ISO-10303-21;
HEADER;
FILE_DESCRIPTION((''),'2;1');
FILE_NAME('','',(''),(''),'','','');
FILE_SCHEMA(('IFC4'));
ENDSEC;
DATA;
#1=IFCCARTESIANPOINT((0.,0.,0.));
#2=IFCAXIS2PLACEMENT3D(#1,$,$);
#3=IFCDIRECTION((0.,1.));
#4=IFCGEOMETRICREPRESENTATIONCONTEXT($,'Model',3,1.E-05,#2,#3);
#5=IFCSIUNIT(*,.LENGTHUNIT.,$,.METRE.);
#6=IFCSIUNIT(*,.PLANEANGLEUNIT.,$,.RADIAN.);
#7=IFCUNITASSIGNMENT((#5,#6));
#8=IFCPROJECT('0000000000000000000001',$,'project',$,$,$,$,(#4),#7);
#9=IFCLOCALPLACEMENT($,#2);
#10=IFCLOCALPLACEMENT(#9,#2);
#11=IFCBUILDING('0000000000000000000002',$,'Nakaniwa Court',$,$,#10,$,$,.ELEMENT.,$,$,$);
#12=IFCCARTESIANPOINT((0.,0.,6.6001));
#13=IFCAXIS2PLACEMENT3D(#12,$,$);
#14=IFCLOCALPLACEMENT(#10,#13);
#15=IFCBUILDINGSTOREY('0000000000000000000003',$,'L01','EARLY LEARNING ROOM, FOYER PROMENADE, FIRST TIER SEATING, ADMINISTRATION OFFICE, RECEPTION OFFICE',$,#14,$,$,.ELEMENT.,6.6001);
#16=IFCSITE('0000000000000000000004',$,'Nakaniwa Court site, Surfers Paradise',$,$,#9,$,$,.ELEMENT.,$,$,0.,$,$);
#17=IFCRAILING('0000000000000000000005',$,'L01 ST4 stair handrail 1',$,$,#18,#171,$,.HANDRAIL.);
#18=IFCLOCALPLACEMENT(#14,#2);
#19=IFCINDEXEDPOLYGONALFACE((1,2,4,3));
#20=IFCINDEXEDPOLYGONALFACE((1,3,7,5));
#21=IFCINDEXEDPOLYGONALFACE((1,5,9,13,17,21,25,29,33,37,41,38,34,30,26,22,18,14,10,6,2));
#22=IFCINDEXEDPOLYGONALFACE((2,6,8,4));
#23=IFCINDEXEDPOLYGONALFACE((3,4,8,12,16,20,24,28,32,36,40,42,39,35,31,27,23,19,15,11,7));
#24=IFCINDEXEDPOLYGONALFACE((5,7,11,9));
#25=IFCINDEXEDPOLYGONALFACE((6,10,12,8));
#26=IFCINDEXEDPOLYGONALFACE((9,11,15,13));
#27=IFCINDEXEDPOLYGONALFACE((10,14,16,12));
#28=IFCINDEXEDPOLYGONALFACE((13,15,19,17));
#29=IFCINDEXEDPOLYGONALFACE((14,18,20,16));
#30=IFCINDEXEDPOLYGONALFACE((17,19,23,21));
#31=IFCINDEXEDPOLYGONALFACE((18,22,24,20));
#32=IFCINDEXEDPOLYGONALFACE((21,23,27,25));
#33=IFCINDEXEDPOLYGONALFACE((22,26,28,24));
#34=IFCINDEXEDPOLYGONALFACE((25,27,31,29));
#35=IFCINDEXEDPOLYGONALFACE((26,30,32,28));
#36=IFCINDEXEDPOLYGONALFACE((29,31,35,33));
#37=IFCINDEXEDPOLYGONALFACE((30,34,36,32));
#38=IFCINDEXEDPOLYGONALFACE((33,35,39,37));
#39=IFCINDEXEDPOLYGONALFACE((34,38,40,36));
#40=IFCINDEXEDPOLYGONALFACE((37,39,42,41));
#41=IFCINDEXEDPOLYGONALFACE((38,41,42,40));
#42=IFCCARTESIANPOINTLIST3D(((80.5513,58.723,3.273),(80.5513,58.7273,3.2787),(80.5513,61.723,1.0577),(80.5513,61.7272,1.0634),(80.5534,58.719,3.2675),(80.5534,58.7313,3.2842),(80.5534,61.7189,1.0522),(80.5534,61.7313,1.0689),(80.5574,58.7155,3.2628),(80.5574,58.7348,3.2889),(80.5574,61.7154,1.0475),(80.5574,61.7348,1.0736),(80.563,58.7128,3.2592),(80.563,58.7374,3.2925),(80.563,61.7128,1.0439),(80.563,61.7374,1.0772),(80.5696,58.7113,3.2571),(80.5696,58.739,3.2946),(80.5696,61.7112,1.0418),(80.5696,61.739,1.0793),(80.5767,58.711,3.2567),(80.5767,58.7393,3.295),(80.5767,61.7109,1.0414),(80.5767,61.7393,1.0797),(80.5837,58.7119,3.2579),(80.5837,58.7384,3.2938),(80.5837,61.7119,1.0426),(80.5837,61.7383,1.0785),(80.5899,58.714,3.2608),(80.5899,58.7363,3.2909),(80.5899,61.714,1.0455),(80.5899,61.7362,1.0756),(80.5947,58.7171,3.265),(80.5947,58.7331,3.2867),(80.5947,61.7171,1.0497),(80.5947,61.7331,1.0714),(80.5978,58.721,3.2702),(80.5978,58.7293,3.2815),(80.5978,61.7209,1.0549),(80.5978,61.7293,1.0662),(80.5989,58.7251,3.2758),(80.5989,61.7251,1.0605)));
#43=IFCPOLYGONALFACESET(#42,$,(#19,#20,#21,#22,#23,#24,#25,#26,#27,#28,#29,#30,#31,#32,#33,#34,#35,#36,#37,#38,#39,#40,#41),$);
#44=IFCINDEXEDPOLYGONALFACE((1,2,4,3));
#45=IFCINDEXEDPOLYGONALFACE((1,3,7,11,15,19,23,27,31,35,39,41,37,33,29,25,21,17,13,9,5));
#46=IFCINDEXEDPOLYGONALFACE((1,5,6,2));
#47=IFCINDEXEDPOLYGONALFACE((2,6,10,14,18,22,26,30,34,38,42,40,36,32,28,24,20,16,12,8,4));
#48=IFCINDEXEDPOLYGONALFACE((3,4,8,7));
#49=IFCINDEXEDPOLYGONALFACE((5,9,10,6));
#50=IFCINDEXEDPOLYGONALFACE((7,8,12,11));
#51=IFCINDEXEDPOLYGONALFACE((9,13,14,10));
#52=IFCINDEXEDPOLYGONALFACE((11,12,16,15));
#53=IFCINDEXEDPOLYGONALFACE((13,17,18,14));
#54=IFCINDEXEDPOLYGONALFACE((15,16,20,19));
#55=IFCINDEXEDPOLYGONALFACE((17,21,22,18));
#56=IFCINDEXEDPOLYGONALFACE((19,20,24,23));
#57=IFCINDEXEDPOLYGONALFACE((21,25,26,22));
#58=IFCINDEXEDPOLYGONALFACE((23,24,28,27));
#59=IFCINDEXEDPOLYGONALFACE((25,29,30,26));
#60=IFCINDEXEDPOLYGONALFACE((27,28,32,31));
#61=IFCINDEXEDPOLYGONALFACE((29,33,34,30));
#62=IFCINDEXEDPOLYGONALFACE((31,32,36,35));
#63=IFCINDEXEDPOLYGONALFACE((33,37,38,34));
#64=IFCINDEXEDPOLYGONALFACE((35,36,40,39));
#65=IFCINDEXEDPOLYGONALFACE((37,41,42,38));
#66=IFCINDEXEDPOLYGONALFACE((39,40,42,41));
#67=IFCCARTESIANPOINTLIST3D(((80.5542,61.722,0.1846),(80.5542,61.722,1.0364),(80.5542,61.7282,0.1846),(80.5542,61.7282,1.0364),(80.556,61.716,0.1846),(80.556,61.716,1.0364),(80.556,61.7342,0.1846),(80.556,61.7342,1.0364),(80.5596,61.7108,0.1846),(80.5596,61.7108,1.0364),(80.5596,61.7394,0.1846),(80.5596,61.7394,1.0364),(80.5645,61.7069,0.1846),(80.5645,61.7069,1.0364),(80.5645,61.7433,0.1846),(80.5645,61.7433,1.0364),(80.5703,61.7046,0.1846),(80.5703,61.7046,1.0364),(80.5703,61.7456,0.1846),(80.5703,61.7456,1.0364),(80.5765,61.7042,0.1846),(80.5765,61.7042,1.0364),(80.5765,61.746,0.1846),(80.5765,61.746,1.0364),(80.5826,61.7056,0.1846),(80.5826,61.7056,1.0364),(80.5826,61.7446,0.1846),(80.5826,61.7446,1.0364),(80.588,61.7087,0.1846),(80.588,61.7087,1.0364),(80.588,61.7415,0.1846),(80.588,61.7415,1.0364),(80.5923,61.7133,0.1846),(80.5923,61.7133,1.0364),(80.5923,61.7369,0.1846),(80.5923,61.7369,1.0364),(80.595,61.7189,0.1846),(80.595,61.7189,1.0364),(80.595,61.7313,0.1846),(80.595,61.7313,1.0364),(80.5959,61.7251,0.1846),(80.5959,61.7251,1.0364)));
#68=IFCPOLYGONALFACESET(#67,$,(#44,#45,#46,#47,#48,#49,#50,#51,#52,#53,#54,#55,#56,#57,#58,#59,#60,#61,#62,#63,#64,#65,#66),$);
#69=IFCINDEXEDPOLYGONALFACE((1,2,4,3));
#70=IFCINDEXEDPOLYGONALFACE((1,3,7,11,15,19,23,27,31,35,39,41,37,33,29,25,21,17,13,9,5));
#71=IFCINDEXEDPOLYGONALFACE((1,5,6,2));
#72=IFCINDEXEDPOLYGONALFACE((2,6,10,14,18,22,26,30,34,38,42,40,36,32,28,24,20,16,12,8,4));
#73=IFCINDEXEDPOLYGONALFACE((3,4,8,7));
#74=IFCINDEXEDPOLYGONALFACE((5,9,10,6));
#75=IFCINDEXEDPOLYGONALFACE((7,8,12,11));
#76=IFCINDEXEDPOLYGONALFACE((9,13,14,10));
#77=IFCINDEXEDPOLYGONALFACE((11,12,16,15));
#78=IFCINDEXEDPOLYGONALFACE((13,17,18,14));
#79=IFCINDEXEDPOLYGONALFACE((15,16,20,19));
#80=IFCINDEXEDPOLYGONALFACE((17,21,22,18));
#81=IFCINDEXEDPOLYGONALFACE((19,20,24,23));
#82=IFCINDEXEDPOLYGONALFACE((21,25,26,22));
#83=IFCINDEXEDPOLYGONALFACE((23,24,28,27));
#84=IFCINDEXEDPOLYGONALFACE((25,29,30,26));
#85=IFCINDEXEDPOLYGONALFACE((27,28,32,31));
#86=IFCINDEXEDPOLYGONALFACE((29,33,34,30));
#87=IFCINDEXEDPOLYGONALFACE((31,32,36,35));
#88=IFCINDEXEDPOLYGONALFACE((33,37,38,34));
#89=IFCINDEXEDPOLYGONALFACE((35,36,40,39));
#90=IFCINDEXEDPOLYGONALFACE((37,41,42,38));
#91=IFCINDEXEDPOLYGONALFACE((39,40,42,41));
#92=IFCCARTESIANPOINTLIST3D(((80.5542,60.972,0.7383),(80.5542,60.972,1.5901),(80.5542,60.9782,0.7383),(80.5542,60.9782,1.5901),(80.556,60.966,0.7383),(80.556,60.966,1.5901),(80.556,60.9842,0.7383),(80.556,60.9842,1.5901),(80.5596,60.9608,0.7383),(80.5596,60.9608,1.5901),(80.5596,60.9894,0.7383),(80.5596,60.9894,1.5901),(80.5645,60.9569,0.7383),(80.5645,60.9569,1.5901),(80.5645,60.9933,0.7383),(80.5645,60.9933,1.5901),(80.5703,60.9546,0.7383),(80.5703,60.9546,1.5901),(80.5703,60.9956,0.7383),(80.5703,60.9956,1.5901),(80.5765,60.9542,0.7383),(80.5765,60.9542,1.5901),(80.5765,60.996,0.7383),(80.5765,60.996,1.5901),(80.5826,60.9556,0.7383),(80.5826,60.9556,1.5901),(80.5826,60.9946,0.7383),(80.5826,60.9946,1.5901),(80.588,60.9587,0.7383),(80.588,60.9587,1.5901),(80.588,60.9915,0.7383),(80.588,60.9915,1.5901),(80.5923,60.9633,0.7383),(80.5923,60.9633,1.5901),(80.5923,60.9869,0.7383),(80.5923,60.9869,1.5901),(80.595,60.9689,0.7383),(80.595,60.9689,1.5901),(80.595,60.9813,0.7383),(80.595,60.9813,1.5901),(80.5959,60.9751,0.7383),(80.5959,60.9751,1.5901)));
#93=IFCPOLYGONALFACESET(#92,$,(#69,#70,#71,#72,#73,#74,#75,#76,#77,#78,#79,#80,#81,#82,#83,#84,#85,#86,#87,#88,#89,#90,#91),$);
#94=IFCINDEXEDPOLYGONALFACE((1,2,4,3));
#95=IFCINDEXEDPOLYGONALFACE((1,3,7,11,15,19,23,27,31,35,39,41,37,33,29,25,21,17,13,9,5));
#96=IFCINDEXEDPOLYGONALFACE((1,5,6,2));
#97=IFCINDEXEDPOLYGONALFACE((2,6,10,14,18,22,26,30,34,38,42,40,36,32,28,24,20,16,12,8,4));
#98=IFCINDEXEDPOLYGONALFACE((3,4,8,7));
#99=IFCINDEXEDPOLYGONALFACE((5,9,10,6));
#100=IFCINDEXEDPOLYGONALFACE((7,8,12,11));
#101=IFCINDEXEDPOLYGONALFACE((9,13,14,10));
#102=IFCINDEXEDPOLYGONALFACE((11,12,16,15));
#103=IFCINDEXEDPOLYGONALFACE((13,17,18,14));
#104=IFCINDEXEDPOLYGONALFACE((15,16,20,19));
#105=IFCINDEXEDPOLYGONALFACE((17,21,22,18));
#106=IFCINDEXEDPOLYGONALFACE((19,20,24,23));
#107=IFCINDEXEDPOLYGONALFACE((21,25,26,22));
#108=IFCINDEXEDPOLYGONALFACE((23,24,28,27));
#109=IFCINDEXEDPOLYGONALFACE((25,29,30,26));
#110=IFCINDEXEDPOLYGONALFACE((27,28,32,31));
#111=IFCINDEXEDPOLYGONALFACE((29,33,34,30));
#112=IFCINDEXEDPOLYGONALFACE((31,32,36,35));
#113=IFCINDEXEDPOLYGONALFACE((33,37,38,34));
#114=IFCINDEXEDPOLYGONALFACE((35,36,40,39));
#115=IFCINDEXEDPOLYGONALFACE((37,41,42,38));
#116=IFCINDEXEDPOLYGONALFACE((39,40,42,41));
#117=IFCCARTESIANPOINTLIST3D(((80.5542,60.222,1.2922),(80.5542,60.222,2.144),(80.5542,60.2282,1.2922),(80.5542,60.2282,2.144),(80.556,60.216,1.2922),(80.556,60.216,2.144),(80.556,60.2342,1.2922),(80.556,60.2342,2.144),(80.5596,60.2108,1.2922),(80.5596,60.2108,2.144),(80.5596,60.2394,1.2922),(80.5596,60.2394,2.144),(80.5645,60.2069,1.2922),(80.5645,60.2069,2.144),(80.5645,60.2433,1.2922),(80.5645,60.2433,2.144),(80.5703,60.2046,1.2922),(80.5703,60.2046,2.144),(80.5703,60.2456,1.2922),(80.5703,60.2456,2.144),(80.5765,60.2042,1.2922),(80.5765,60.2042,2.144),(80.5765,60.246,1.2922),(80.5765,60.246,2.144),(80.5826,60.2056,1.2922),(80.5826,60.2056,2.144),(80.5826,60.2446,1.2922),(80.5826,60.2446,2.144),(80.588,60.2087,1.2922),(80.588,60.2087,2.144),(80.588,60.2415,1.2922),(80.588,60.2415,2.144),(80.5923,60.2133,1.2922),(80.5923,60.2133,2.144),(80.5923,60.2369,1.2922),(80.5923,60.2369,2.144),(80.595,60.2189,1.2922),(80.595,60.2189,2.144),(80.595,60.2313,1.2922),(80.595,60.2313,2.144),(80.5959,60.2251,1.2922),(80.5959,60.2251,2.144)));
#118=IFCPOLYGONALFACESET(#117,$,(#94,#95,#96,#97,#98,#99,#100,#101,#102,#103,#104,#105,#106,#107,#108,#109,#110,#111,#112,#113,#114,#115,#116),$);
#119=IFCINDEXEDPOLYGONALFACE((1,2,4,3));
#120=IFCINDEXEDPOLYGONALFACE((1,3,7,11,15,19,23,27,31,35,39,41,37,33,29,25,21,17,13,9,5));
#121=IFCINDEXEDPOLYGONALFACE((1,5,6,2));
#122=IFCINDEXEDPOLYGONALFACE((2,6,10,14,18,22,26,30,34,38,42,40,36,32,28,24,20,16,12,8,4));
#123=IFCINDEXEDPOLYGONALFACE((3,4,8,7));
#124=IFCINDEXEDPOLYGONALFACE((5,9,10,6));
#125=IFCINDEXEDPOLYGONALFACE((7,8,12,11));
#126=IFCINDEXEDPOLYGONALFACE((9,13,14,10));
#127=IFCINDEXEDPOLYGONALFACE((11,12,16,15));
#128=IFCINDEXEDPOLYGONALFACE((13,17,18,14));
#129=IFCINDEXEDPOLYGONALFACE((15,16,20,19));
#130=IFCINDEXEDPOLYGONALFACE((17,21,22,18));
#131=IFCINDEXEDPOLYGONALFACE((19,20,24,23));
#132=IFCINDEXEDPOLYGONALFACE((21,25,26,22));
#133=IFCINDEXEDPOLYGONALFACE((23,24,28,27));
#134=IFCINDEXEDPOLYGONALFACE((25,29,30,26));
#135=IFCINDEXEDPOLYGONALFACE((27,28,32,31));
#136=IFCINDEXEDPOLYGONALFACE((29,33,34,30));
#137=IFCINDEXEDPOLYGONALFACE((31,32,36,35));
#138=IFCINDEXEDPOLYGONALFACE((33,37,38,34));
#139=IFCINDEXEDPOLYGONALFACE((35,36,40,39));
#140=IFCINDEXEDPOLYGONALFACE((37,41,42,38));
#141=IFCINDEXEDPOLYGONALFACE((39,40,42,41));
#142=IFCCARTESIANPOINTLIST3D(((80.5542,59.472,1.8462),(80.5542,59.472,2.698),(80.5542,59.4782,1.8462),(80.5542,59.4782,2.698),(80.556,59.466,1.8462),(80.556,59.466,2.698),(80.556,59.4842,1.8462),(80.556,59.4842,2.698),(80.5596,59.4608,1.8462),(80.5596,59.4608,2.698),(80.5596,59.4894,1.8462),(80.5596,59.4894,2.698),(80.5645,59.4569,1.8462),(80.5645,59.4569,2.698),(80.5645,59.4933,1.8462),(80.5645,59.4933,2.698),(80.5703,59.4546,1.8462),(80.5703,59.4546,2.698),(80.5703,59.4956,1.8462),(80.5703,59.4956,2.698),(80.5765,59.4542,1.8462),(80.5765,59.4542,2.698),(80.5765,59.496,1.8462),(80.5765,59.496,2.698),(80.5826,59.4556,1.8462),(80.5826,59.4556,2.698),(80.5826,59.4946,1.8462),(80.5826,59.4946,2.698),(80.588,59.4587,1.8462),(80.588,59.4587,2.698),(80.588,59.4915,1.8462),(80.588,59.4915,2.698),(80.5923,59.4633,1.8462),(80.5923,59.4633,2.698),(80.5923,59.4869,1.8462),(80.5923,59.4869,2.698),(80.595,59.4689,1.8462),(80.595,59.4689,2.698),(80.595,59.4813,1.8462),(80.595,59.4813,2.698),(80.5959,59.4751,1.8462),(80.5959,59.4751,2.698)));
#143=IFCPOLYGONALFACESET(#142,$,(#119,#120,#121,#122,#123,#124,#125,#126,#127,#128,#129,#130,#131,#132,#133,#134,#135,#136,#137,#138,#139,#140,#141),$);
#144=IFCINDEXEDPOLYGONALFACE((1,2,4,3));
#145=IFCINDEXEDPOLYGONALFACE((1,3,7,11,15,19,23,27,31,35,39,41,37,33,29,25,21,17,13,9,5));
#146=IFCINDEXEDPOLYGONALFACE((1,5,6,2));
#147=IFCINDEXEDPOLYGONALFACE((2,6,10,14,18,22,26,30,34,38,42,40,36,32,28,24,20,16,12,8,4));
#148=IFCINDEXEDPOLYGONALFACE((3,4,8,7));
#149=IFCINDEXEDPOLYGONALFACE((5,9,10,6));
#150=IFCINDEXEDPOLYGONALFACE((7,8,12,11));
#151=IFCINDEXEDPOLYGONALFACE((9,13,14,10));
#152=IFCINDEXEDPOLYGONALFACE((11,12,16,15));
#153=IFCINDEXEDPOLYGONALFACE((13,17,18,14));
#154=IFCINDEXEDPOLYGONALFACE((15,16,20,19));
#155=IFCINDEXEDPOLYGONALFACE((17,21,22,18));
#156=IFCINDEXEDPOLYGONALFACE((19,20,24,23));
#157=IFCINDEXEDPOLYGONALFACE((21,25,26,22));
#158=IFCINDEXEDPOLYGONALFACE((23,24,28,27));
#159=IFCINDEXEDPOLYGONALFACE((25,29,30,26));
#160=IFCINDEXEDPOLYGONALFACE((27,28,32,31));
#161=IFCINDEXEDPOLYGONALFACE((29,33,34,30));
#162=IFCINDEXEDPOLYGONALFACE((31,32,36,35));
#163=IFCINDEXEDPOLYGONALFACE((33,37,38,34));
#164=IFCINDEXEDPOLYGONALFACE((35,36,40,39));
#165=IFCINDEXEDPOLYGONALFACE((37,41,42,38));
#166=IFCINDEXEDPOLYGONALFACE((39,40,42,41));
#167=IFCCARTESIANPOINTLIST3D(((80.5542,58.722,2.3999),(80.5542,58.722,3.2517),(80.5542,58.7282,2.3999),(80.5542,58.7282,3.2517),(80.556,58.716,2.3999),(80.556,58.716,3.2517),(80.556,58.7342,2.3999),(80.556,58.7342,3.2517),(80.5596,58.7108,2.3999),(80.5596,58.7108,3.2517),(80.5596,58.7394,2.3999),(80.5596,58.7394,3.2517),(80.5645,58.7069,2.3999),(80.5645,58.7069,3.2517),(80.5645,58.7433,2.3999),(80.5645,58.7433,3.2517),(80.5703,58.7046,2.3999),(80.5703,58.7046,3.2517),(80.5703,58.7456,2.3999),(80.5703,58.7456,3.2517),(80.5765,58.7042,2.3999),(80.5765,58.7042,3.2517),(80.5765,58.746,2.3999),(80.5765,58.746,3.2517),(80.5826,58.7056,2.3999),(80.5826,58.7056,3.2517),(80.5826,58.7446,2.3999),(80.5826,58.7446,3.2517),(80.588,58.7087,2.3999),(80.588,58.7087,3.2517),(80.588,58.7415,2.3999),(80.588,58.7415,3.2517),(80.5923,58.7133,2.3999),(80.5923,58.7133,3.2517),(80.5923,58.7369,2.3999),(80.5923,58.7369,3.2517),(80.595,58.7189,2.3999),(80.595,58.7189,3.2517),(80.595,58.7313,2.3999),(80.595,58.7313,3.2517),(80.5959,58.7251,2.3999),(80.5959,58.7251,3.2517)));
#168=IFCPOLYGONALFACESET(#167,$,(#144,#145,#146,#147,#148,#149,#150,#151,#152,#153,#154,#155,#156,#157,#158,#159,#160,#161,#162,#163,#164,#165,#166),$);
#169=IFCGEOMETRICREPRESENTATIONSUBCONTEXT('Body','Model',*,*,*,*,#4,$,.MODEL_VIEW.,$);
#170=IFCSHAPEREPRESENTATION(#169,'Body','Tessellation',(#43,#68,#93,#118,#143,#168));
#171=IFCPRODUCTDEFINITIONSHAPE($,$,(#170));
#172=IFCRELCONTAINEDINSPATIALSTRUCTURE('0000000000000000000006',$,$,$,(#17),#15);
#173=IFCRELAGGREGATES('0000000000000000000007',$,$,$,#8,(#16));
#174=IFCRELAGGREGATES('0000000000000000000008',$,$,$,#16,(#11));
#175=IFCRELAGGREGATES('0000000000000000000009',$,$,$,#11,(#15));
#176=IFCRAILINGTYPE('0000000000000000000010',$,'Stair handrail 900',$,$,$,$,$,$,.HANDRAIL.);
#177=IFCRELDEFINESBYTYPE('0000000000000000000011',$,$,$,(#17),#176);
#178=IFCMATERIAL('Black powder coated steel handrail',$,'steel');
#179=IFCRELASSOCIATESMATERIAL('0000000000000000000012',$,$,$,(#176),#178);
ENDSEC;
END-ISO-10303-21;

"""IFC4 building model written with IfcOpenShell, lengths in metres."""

from ifc_helpers import new_model, si_unit, direction, frame, origin, origin_2d, place, context, subcontext, project, spatial, circle, extrude, material, type_object, element, save


model = new_model("IFC4")

# Units and contexts
model_context = context("Model", 3, precision=1e-05, world=origin(), true_north=direction((0.0, 1.0)))
body_context = subcontext(model_context, "Body", "Model", "MODEL_VIEW")
ifc_project = project(units=[si_unit("LENGTHUNIT", "METRE"), si_unit("PLANEANGLEUNIT", "RADIAN")], contexts=[model_context])

# Site, building, storey
site_placement = place(None, origin())
site = spatial("IfcSite", under=ifc_project, at=site_placement, Name="Nakaniwa Court site, Surfers Paradise", CompositionType="ELEMENT", RefElevation=0.0)
building_placement = place(site_placement, origin())
building = spatial("IfcBuilding", under=site, at=building_placement, Name="Nakaniwa Court", CompositionType="ELEMENT")
storey_placement = place(building_placement, frame((0.0, 0.0, 6.6001)))
storey = spatial("IfcBuildingStorey", under=building, at=storey_placement, Name="L01", Description="EARLY LEARNING ROOM, FOYER PROMENADE, FIRST TIER SEATING, ADMINISTRATION OFFICE, RECEPTION OFFICE", CompositionType="ELEMENT", Elevation=6.6001)

# Railing
ifc_material_1 = material(Name="Black powder coated steel handrail", Category="steel")
railing_type_1 = type_object("IfcRailingType", Name="Stair handrail 900", PredefinedType="HANDRAIL", material=ifc_material_1)
railing_1_placement = place(storey_placement, frame((80.575, 61.7251, 0.1846)))
element("IfcRailing", 1, at=railing_1_placement, inside=storey, type_object=railing_type_1, Name="L01 ST4 stair handrail 1", PredefinedType="HANDRAIL", context=body_context, shape_type="SweptSolid", body=[
    extrude(circle(Radius=0.0239, at=origin_2d()), frame((0.0, 0.0, 0.876), z_axis=(0.0, -0.80444, 0.594034), x_axis=(1.0, 0.0, 0.0)), (0.0, 0.0, 1.0), 3.7292),
    extrude(circle(Radius=0.021, at=origin_2d()), origin(), (0.0, 0.0, 1.0), 0.8518),
    extrude(circle(Radius=0.021, at=origin_2d()), frame((0.0, -0.75, 0.5537)), (0.0, 0.0, 1.0), 0.8518),
    extrude(circle(Radius=0.021, at=origin_2d()), frame((0.0, -1.5, 1.1077)), (0.0, 0.0, 1.0), 0.8518),
    extrude(circle(Radius=0.021, at=origin_2d()), frame((0.0, -2.25, 1.6616)), (0.0, 0.0, 1.0), 0.8518),
    extrude(circle(Radius=0.021, at=origin_2d()), frame((0.0, -3.0, 2.2153)), (0.0, 0.0, 1.0), 0.8518),
])

save(model, "model.ifc")
